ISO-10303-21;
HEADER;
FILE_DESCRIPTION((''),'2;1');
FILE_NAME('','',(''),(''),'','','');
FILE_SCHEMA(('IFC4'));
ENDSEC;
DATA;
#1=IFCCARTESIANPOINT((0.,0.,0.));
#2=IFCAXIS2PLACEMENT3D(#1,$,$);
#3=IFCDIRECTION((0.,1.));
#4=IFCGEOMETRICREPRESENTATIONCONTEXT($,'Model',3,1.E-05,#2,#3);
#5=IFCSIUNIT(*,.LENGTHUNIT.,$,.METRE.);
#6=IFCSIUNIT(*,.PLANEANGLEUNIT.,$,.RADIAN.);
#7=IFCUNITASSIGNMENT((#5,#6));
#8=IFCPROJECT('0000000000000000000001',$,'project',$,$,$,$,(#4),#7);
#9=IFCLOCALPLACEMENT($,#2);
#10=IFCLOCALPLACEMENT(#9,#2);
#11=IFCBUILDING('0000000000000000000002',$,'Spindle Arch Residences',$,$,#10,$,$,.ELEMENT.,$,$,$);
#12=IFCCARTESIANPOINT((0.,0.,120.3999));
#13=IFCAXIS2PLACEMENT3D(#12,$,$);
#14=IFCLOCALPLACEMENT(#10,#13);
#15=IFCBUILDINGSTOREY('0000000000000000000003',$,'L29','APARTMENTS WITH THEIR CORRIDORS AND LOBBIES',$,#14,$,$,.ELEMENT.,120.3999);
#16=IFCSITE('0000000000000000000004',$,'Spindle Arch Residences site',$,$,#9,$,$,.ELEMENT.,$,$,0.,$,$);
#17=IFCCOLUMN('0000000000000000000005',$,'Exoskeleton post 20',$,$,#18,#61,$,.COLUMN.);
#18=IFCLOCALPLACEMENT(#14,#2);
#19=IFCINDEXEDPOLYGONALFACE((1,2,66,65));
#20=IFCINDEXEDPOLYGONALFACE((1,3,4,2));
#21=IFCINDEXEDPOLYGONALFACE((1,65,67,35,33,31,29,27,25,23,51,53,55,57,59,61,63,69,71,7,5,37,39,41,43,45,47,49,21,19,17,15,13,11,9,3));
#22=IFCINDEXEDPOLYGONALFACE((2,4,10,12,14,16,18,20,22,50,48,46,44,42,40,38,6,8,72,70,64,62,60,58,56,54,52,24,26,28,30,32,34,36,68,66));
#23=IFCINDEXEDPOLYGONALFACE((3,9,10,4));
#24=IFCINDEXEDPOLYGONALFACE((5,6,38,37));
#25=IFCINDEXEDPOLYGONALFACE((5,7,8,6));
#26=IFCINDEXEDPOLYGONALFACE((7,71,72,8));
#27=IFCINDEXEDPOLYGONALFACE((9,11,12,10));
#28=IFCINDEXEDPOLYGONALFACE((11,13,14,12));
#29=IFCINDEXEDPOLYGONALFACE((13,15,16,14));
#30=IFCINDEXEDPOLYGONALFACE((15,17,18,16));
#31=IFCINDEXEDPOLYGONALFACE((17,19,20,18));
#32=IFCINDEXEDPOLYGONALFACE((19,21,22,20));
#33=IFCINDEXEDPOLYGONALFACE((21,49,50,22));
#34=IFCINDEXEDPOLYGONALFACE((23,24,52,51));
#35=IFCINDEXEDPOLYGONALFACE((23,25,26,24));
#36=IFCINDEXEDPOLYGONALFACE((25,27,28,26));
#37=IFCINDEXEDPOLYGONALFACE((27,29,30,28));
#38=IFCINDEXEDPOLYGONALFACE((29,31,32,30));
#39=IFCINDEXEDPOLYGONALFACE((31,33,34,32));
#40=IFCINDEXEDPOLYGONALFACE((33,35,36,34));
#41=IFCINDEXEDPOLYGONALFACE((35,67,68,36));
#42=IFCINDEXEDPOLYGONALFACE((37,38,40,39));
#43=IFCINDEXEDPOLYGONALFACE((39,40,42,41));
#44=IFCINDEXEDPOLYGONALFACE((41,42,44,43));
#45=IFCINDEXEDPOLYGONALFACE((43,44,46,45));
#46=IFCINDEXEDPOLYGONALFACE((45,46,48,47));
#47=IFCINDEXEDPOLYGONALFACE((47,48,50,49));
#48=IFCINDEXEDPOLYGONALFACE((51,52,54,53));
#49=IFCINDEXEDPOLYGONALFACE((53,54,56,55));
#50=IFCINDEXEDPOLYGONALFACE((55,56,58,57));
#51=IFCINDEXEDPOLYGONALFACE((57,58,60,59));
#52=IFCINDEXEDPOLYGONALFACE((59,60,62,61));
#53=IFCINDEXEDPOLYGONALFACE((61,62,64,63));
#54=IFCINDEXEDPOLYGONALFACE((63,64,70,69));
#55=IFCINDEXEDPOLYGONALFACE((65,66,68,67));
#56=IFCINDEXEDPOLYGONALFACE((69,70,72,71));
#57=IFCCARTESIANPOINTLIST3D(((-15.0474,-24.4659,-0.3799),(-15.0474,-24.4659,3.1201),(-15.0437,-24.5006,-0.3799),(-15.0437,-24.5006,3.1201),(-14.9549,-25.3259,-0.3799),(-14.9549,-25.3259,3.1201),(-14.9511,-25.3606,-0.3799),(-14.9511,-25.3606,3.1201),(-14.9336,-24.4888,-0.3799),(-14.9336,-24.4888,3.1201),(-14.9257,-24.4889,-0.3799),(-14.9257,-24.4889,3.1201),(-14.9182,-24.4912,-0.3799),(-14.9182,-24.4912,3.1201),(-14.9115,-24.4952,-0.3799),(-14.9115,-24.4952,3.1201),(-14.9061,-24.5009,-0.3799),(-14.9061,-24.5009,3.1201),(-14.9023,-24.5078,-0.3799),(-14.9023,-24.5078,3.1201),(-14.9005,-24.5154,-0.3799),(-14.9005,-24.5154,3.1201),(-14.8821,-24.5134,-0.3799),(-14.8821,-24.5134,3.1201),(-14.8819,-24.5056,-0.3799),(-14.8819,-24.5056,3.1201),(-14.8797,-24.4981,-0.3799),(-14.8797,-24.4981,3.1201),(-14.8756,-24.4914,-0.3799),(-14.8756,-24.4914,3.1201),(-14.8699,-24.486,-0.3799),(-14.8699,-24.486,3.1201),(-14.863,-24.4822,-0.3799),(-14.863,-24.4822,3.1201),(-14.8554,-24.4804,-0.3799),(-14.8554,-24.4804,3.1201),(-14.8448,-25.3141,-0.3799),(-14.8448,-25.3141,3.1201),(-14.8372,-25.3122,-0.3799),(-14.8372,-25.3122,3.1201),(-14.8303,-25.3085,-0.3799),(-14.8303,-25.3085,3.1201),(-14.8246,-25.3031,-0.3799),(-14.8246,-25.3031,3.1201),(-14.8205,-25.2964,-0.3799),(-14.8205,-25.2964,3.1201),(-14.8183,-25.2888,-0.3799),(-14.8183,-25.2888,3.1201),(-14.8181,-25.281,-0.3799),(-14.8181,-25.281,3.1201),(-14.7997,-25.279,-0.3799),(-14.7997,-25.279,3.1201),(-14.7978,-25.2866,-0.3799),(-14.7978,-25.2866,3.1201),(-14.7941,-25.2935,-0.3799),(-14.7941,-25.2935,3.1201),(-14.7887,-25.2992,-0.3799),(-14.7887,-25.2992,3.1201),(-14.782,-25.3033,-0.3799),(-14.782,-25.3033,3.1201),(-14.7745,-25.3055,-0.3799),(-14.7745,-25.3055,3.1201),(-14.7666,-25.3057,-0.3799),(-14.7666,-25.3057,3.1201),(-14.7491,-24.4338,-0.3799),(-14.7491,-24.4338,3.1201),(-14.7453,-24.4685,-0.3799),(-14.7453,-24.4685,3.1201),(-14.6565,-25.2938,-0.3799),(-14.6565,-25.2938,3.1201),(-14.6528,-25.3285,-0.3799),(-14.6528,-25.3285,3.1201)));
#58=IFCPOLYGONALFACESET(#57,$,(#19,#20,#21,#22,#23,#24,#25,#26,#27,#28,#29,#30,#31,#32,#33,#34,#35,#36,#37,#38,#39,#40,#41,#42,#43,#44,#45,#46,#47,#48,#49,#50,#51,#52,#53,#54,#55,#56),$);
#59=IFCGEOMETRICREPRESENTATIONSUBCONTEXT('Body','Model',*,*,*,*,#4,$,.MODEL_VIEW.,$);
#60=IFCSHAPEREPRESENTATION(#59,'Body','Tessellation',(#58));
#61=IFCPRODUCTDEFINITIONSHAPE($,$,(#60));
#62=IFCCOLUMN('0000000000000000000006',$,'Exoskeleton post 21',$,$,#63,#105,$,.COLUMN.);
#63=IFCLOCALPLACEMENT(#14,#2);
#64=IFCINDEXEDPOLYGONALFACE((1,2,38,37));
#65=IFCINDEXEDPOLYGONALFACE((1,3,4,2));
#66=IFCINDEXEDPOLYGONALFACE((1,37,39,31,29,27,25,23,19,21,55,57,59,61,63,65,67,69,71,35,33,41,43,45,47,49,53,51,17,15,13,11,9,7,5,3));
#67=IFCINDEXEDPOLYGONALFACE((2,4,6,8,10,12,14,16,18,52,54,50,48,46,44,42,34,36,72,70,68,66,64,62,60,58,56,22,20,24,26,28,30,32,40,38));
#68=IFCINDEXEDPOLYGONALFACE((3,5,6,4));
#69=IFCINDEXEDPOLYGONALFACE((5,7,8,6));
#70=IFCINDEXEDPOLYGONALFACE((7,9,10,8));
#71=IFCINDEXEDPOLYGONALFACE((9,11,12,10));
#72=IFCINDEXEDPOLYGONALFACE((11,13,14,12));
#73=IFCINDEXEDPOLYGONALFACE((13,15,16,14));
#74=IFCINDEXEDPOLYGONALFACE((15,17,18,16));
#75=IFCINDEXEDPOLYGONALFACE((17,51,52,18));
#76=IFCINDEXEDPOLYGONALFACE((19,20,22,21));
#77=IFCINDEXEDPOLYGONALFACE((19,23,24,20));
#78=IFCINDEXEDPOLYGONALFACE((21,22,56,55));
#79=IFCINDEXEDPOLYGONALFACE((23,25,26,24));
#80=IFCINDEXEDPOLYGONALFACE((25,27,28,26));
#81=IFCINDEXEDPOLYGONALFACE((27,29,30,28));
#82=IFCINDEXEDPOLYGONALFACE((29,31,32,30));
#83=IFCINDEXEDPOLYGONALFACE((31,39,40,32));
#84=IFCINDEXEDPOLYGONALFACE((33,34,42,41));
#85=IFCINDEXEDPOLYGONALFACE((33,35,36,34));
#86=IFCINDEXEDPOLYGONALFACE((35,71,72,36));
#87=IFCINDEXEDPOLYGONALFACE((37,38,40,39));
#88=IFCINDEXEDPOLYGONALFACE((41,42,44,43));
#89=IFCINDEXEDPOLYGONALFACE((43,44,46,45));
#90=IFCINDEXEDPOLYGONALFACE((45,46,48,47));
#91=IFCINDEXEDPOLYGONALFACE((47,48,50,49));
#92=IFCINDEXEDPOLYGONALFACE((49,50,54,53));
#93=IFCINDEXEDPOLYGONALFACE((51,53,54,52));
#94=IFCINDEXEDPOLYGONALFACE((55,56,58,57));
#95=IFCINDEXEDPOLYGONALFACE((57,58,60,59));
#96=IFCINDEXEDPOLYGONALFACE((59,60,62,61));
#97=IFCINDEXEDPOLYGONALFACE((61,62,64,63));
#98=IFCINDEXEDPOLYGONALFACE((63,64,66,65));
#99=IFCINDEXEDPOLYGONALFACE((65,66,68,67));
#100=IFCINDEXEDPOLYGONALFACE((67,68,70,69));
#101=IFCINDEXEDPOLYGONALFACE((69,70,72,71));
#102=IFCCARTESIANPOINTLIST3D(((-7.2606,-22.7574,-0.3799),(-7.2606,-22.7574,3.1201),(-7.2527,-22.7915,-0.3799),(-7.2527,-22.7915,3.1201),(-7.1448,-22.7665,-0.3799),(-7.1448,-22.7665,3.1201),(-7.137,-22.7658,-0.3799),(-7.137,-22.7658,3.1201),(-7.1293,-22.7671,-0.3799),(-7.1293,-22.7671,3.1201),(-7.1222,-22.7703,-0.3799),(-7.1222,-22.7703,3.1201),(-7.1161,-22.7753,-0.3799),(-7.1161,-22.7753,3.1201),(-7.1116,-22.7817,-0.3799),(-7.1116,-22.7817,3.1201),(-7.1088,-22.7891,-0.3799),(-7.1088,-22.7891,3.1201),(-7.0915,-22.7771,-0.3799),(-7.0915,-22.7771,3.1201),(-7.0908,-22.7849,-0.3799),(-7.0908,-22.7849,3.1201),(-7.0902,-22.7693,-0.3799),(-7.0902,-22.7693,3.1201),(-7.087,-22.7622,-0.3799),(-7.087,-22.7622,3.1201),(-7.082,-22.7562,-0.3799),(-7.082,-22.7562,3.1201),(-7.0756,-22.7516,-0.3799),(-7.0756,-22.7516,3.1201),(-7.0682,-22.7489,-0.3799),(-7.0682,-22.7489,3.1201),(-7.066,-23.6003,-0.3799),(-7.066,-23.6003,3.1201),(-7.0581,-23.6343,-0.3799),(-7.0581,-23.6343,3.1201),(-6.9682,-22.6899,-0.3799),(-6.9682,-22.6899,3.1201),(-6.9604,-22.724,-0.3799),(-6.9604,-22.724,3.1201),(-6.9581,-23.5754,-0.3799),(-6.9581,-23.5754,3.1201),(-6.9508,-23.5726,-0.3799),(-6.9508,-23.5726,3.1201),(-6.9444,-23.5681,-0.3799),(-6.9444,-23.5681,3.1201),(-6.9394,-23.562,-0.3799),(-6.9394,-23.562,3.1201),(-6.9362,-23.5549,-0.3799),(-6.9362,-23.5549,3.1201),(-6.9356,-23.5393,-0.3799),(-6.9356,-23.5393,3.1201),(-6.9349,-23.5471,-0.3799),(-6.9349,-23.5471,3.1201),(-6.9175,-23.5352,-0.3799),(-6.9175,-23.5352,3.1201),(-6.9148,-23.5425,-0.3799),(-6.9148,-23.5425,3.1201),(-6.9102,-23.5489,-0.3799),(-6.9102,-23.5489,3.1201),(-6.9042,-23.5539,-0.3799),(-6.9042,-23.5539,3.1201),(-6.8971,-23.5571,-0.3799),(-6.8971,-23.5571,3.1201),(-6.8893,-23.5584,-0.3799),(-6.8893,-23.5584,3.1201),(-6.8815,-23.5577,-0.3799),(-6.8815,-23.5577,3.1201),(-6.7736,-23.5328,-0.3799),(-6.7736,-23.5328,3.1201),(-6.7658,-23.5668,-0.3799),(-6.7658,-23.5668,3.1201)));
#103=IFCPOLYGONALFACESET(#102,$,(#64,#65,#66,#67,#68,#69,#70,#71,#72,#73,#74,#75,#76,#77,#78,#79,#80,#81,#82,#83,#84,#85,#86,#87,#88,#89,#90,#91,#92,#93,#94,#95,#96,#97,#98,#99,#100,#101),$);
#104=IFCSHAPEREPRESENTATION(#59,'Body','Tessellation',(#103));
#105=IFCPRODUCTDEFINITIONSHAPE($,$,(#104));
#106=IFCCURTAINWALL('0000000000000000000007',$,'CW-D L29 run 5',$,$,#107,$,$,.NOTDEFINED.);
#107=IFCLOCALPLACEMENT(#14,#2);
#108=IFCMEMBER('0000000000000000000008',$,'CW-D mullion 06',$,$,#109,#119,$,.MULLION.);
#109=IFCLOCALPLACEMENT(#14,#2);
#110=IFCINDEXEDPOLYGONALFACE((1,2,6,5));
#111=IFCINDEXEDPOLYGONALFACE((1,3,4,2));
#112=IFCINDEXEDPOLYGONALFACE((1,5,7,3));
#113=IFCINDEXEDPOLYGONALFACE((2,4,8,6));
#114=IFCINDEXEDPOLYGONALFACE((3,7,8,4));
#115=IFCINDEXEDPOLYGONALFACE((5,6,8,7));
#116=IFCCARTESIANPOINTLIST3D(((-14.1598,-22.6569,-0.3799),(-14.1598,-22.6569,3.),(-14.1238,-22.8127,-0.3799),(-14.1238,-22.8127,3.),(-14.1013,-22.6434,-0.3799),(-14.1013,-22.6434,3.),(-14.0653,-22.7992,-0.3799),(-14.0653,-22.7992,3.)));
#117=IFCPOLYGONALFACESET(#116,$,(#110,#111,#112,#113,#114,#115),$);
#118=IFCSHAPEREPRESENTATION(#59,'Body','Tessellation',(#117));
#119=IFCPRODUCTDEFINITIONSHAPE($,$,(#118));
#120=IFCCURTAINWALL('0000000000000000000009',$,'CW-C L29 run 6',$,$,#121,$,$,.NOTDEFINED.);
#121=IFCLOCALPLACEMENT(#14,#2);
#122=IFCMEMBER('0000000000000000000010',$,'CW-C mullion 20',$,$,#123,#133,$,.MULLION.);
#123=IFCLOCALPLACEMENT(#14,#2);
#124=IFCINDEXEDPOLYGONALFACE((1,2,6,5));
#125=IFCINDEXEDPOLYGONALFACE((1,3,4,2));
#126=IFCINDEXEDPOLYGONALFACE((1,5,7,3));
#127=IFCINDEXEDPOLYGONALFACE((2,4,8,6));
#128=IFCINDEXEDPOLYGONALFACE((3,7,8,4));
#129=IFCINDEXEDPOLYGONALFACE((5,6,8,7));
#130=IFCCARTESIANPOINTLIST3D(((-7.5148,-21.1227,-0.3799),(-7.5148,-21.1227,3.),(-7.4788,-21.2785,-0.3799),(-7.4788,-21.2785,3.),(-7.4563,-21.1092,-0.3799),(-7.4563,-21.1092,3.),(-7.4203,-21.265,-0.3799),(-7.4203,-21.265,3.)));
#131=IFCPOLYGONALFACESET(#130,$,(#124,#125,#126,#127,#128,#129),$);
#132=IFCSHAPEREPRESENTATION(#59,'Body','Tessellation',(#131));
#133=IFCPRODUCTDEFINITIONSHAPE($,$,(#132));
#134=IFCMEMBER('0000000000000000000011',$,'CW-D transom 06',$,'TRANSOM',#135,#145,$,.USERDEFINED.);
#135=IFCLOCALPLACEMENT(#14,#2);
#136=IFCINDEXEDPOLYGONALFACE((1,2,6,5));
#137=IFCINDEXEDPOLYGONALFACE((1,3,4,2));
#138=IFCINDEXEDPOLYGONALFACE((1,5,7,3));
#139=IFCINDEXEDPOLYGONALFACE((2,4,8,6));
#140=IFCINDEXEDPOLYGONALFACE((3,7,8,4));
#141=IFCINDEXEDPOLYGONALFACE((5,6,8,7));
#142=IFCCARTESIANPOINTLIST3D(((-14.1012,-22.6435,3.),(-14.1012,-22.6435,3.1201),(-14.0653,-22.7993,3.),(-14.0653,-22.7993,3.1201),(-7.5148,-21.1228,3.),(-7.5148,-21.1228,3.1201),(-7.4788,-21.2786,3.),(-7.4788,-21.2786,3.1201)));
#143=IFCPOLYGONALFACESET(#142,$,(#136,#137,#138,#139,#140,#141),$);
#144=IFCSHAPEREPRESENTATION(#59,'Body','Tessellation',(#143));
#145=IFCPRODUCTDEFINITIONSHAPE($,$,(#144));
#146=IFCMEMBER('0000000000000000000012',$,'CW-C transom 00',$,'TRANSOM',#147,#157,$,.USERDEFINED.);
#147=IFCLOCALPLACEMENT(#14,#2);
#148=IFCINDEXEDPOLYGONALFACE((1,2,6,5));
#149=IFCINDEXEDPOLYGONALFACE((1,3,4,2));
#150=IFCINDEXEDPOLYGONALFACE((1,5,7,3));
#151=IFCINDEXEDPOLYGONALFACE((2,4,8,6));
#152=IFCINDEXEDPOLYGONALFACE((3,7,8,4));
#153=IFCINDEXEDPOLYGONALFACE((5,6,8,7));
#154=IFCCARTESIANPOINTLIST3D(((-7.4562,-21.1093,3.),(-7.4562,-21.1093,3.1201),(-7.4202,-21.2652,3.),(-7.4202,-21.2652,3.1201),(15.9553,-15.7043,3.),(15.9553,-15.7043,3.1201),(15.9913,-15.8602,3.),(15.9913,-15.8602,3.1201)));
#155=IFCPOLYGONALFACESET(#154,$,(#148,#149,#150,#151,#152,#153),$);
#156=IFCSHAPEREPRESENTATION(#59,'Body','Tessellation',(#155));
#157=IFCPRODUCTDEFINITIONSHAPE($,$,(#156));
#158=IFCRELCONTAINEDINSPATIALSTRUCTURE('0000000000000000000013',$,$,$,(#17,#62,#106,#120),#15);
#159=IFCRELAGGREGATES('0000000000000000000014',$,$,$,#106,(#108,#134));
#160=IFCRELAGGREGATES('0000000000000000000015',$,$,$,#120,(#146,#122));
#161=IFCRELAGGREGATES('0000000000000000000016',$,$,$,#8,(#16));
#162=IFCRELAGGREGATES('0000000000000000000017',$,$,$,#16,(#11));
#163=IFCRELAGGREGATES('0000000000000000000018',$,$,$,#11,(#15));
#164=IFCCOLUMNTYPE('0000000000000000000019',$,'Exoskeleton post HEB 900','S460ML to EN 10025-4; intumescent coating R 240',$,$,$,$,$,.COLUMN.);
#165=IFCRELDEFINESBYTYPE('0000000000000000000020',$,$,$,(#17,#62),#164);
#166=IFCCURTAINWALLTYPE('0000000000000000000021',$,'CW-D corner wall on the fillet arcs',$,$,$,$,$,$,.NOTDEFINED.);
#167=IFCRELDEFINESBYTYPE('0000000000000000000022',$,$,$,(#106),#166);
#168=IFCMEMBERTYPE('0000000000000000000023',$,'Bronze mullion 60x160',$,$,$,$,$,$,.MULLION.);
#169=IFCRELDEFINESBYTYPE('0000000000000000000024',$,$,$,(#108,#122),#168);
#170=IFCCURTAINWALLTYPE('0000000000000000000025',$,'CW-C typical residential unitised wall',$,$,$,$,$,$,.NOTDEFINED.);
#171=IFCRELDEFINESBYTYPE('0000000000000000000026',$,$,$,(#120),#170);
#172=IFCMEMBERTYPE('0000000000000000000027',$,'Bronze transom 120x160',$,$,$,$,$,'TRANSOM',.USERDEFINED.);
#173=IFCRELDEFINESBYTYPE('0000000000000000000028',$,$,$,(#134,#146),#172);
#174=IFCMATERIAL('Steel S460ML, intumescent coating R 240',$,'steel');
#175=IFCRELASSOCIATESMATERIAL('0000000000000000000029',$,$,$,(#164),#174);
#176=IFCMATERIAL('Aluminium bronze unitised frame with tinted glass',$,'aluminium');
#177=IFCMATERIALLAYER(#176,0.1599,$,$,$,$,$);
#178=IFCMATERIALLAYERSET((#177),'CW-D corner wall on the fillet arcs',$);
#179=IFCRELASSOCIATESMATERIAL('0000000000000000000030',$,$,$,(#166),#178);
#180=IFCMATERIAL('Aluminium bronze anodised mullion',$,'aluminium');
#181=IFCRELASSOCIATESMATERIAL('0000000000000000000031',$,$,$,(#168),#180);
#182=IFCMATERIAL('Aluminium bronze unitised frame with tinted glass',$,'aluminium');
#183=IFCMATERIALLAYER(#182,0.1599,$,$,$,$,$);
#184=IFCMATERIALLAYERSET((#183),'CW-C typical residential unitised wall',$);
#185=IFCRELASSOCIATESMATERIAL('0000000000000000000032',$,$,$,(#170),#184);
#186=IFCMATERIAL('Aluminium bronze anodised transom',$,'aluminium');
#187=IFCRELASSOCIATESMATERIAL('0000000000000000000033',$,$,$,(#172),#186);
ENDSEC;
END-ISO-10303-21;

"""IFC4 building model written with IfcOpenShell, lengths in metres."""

from ifc_helpers import new_model, si_unit, direction, frame, origin, origin_2d, place, context, subcontext, project, spatial, rectangle, i_section, extrude, material, layer, layer_set, material_profile, profile_set, type_object, element, aggregate, save


model = new_model("IFC4")

# Units and contexts
model_context = context("Model", 3, precision=1e-05, world=origin(), true_north=direction((0.0, 1.0)))
body_context = subcontext(model_context, "Body", "Model", "MODEL_VIEW")
ifc_project = project(units=[si_unit("LENGTHUNIT", "METRE"), si_unit("PLANEANGLEUNIT", "RADIAN")], contexts=[model_context])

# Site, building, storey
site_placement = place(None, origin())
site = spatial("IfcSite", under=ifc_project, at=site_placement, Name="Spindle Arch Residences site", CompositionType="ELEMENT", RefElevation=0.0)
building_placement = place(site_placement, origin())
building = spatial("IfcBuilding", under=site, at=building_placement, Name="Spindle Arch Residences", CompositionType="ELEMENT")
storey_placement = place(building_placement, frame((0.0, 0.0, 120.3999)))
storey = spatial("IfcBuildingStorey", under=building, at=storey_placement, Name="L29", Description="APARTMENTS WITH THEIR CORRIDORS AND LOBBIES", CompositionType="ELEMENT", Elevation=120.3999)

# Columns
ifc_material_1 = material(Name="Steel S460ML, intumescent coating R 240", Category="steel")
ifc_material_profile_1 = material_profile(ifc_material_1, i_section(OverallWidth=0.3, OverallDepth=0.8999, WebThickness=0.0186, FlangeThickness=0.0349, FilletRadius=0.03, at=origin_2d()), Name="HEB 900")
ifc_profile_set_1 = profile_set([ifc_material_profile_1], Name="Steel S460ML, intumescent coating R 240")
column_type = type_object("IfcColumnType", Name="Exoskeleton post HEB 900", Description="S460ML to EN 10025-4; intumescent coating R 240", PredefinedType="COLUMN", material=ifc_profile_set_1)
for number, where, z_axis, x_axis, name in (
    (1, (-14.8501, -24.8972, -0.3799), (0.0, 0.0, 1.0), (-0.994264, -0.106952, 0.0), "Exoskeleton post 20"),
    (2, (-7.0132, -23.1621, -0.3799), (0.0, 0.0, 1.0), (-0.97437, -0.224951, 0.0), "Exoskeleton post 21"),
):
    element("IfcColumn", number, at=place(storey_placement, frame(where, z_axis=z_axis, x_axis=x_axis)), inside=storey, type_object=column_type, Name=name, PredefinedType="COLUMN", context=body_context, shape_type="SweptSolid", body=[
        extrude(i_section(OverallWidth=0.3, OverallDepth=0.8999, WebThickness=0.0186, FlangeThickness=0.0349, FilletRadius=0.03, at=origin_2d()), origin(), (0.0, 0.0, 1.0), 3.5),
    ])

# Curtain walls, members
ifc_material_2 = material(Name="Aluminium bronze unitised frame with tinted glass", Category="aluminium")
ifc_layer_1 = layer(ifc_material_2, 0.1599)
ifc_layer_set_1 = layer_set([ifc_layer_1], Name="CW-D corner wall on the fillet arcs")
curtain_wall_type_1 = type_object("IfcCurtainWallType", Name="CW-D corner wall on the fillet arcs", PredefinedType="NOTDEFINED", material=ifc_layer_set_1)
curtain_wall_1_placement = place(storey_placement, origin())
curtain_wall_1 = element("IfcCurtainWall", 3, at=curtain_wall_1_placement, inside=storey, type_object=curtain_wall_type_1, Name="CW-D L29 run 5", PredefinedType="NOTDEFINED")
ifc_material_3 = material(Name="Aluminium bronze anodised mullion", Category="aluminium")
ifc_material_profile_2 = material_profile(ifc_material_3, rectangle(XDim=0.1599, YDim=0.0601, at=origin_2d()), Name="MU 60x160")
ifc_profile_set_2 = profile_set([ifc_material_profile_2], Name="Aluminium bronze anodised mullion")
member_type_1 = type_object("IfcMemberType", Name="Bronze mullion 60x160", PredefinedType="MULLION", material=ifc_profile_set_2)
member_1_placement = place(storey_placement, frame((-14.1125, -22.728, -0.3799), z_axis=(0.0, 0.0, 1.0), x_axis=(-0.224951, 0.97437, 0.0)))
member_1 = element("IfcMember", 4, at=member_1_placement, type_object=member_type_1, Name="CW-D mullion 06", PredefinedType="MULLION", context=body_context, shape_type="SweptSolid", body=[
    extrude(rectangle(XDim=0.1599, YDim=0.0601, at=origin_2d()), origin(), (0.0, 0.0, 1.0), 3.3799),
])
ifc_material_4 = material(Name="Aluminium bronze unitised frame with tinted glass", Category="aluminium")
ifc_layer_2 = layer(ifc_material_4, 0.1599)
ifc_layer_set_2 = layer_set([ifc_layer_2], Name="CW-C typical residential unitised wall")
curtain_wall_type_2 = type_object("IfcCurtainWallType", Name="CW-C typical residential unitised wall", PredefinedType="NOTDEFINED", material=ifc_layer_set_2)
curtain_wall_2_placement = place(storey_placement, origin())
curtain_wall_2 = element("IfcCurtainWall", 5, at=curtain_wall_2_placement, inside=storey, type_object=curtain_wall_type_2, Name="CW-C L29 run 6", PredefinedType="NOTDEFINED")
member_2_placement = place(storey_placement, frame((-7.4675, -21.1938, -0.3799), z_axis=(0.0, 0.0, 1.0), x_axis=(-0.224951, 0.97437, 0.0)))
member_2 = element("IfcMember", 6, at=member_2_placement, type_object=member_type_1, Name="CW-C mullion 20", PredefinedType="MULLION", context=body_context, shape_type="SweptSolid", body=[
    extrude(rectangle(XDim=0.1599, YDim=0.0601, at=origin_2d()), origin(), (0.0, 0.0, 1.0), 3.3799),
])

# Members
ifc_material_5 = material(Name="Aluminium bronze anodised transom", Category="aluminium")
ifc_material_profile_3 = material_profile(ifc_material_5, rectangle(XDim=0.1599, YDim=0.1201, at=origin_2d()), Name="TR 120x160")
ifc_profile_set_3 = profile_set([ifc_material_profile_3], Name="Aluminium bronze anodised transom")
member_type_2 = type_object("IfcMemberType", Name="Bronze transom 120x160", ElementType="TRANSOM", PredefinedType="USERDEFINED", material=ifc_profile_set_3)
member_3_placement = place(storey_placement, frame((-14.0833, -22.7214, 3.0601), z_axis=(0.974365, 0.224973, 0.0), x_axis=(-0.224973, 0.974365, 0.0)))
member_3 = element("IfcMember", 7, at=member_3_placement, type_object=member_type_2, Name="CW-D transom 06", ObjectType="TRANSOM", PredefinedType="USERDEFINED", context=body_context, shape_type="SweptSolid", body=[
    extrude(rectangle(XDim=0.1599, YDim=0.1201, at=origin_2d()), origin(), (0.0, 0.0, 1.0), 6.7598),
])
member_4_placement = place(storey_placement, frame((-7.4382, -21.1873, 3.0601), z_axis=(0.97437, 0.224952, 0.0), x_axis=(-0.224952, 0.97437, 0.0)))
member_4 = element("IfcMember", 8, at=member_4_placement, type_object=member_type_2, Name="CW-C transom 00", ObjectType="TRANSOM", PredefinedType="USERDEFINED", context=body_context, shape_type="SweptSolid", body=[
    extrude(rectangle(XDim=0.1599, YDim=0.1201, at=origin_2d()), origin(), (0.0, 0.0, 1.0), 24.0273),
])

aggregate(curtain_wall_1, [member_1, member_3])
aggregate(curtain_wall_2, [member_4, member_2])

save(model, "model.ifc")
